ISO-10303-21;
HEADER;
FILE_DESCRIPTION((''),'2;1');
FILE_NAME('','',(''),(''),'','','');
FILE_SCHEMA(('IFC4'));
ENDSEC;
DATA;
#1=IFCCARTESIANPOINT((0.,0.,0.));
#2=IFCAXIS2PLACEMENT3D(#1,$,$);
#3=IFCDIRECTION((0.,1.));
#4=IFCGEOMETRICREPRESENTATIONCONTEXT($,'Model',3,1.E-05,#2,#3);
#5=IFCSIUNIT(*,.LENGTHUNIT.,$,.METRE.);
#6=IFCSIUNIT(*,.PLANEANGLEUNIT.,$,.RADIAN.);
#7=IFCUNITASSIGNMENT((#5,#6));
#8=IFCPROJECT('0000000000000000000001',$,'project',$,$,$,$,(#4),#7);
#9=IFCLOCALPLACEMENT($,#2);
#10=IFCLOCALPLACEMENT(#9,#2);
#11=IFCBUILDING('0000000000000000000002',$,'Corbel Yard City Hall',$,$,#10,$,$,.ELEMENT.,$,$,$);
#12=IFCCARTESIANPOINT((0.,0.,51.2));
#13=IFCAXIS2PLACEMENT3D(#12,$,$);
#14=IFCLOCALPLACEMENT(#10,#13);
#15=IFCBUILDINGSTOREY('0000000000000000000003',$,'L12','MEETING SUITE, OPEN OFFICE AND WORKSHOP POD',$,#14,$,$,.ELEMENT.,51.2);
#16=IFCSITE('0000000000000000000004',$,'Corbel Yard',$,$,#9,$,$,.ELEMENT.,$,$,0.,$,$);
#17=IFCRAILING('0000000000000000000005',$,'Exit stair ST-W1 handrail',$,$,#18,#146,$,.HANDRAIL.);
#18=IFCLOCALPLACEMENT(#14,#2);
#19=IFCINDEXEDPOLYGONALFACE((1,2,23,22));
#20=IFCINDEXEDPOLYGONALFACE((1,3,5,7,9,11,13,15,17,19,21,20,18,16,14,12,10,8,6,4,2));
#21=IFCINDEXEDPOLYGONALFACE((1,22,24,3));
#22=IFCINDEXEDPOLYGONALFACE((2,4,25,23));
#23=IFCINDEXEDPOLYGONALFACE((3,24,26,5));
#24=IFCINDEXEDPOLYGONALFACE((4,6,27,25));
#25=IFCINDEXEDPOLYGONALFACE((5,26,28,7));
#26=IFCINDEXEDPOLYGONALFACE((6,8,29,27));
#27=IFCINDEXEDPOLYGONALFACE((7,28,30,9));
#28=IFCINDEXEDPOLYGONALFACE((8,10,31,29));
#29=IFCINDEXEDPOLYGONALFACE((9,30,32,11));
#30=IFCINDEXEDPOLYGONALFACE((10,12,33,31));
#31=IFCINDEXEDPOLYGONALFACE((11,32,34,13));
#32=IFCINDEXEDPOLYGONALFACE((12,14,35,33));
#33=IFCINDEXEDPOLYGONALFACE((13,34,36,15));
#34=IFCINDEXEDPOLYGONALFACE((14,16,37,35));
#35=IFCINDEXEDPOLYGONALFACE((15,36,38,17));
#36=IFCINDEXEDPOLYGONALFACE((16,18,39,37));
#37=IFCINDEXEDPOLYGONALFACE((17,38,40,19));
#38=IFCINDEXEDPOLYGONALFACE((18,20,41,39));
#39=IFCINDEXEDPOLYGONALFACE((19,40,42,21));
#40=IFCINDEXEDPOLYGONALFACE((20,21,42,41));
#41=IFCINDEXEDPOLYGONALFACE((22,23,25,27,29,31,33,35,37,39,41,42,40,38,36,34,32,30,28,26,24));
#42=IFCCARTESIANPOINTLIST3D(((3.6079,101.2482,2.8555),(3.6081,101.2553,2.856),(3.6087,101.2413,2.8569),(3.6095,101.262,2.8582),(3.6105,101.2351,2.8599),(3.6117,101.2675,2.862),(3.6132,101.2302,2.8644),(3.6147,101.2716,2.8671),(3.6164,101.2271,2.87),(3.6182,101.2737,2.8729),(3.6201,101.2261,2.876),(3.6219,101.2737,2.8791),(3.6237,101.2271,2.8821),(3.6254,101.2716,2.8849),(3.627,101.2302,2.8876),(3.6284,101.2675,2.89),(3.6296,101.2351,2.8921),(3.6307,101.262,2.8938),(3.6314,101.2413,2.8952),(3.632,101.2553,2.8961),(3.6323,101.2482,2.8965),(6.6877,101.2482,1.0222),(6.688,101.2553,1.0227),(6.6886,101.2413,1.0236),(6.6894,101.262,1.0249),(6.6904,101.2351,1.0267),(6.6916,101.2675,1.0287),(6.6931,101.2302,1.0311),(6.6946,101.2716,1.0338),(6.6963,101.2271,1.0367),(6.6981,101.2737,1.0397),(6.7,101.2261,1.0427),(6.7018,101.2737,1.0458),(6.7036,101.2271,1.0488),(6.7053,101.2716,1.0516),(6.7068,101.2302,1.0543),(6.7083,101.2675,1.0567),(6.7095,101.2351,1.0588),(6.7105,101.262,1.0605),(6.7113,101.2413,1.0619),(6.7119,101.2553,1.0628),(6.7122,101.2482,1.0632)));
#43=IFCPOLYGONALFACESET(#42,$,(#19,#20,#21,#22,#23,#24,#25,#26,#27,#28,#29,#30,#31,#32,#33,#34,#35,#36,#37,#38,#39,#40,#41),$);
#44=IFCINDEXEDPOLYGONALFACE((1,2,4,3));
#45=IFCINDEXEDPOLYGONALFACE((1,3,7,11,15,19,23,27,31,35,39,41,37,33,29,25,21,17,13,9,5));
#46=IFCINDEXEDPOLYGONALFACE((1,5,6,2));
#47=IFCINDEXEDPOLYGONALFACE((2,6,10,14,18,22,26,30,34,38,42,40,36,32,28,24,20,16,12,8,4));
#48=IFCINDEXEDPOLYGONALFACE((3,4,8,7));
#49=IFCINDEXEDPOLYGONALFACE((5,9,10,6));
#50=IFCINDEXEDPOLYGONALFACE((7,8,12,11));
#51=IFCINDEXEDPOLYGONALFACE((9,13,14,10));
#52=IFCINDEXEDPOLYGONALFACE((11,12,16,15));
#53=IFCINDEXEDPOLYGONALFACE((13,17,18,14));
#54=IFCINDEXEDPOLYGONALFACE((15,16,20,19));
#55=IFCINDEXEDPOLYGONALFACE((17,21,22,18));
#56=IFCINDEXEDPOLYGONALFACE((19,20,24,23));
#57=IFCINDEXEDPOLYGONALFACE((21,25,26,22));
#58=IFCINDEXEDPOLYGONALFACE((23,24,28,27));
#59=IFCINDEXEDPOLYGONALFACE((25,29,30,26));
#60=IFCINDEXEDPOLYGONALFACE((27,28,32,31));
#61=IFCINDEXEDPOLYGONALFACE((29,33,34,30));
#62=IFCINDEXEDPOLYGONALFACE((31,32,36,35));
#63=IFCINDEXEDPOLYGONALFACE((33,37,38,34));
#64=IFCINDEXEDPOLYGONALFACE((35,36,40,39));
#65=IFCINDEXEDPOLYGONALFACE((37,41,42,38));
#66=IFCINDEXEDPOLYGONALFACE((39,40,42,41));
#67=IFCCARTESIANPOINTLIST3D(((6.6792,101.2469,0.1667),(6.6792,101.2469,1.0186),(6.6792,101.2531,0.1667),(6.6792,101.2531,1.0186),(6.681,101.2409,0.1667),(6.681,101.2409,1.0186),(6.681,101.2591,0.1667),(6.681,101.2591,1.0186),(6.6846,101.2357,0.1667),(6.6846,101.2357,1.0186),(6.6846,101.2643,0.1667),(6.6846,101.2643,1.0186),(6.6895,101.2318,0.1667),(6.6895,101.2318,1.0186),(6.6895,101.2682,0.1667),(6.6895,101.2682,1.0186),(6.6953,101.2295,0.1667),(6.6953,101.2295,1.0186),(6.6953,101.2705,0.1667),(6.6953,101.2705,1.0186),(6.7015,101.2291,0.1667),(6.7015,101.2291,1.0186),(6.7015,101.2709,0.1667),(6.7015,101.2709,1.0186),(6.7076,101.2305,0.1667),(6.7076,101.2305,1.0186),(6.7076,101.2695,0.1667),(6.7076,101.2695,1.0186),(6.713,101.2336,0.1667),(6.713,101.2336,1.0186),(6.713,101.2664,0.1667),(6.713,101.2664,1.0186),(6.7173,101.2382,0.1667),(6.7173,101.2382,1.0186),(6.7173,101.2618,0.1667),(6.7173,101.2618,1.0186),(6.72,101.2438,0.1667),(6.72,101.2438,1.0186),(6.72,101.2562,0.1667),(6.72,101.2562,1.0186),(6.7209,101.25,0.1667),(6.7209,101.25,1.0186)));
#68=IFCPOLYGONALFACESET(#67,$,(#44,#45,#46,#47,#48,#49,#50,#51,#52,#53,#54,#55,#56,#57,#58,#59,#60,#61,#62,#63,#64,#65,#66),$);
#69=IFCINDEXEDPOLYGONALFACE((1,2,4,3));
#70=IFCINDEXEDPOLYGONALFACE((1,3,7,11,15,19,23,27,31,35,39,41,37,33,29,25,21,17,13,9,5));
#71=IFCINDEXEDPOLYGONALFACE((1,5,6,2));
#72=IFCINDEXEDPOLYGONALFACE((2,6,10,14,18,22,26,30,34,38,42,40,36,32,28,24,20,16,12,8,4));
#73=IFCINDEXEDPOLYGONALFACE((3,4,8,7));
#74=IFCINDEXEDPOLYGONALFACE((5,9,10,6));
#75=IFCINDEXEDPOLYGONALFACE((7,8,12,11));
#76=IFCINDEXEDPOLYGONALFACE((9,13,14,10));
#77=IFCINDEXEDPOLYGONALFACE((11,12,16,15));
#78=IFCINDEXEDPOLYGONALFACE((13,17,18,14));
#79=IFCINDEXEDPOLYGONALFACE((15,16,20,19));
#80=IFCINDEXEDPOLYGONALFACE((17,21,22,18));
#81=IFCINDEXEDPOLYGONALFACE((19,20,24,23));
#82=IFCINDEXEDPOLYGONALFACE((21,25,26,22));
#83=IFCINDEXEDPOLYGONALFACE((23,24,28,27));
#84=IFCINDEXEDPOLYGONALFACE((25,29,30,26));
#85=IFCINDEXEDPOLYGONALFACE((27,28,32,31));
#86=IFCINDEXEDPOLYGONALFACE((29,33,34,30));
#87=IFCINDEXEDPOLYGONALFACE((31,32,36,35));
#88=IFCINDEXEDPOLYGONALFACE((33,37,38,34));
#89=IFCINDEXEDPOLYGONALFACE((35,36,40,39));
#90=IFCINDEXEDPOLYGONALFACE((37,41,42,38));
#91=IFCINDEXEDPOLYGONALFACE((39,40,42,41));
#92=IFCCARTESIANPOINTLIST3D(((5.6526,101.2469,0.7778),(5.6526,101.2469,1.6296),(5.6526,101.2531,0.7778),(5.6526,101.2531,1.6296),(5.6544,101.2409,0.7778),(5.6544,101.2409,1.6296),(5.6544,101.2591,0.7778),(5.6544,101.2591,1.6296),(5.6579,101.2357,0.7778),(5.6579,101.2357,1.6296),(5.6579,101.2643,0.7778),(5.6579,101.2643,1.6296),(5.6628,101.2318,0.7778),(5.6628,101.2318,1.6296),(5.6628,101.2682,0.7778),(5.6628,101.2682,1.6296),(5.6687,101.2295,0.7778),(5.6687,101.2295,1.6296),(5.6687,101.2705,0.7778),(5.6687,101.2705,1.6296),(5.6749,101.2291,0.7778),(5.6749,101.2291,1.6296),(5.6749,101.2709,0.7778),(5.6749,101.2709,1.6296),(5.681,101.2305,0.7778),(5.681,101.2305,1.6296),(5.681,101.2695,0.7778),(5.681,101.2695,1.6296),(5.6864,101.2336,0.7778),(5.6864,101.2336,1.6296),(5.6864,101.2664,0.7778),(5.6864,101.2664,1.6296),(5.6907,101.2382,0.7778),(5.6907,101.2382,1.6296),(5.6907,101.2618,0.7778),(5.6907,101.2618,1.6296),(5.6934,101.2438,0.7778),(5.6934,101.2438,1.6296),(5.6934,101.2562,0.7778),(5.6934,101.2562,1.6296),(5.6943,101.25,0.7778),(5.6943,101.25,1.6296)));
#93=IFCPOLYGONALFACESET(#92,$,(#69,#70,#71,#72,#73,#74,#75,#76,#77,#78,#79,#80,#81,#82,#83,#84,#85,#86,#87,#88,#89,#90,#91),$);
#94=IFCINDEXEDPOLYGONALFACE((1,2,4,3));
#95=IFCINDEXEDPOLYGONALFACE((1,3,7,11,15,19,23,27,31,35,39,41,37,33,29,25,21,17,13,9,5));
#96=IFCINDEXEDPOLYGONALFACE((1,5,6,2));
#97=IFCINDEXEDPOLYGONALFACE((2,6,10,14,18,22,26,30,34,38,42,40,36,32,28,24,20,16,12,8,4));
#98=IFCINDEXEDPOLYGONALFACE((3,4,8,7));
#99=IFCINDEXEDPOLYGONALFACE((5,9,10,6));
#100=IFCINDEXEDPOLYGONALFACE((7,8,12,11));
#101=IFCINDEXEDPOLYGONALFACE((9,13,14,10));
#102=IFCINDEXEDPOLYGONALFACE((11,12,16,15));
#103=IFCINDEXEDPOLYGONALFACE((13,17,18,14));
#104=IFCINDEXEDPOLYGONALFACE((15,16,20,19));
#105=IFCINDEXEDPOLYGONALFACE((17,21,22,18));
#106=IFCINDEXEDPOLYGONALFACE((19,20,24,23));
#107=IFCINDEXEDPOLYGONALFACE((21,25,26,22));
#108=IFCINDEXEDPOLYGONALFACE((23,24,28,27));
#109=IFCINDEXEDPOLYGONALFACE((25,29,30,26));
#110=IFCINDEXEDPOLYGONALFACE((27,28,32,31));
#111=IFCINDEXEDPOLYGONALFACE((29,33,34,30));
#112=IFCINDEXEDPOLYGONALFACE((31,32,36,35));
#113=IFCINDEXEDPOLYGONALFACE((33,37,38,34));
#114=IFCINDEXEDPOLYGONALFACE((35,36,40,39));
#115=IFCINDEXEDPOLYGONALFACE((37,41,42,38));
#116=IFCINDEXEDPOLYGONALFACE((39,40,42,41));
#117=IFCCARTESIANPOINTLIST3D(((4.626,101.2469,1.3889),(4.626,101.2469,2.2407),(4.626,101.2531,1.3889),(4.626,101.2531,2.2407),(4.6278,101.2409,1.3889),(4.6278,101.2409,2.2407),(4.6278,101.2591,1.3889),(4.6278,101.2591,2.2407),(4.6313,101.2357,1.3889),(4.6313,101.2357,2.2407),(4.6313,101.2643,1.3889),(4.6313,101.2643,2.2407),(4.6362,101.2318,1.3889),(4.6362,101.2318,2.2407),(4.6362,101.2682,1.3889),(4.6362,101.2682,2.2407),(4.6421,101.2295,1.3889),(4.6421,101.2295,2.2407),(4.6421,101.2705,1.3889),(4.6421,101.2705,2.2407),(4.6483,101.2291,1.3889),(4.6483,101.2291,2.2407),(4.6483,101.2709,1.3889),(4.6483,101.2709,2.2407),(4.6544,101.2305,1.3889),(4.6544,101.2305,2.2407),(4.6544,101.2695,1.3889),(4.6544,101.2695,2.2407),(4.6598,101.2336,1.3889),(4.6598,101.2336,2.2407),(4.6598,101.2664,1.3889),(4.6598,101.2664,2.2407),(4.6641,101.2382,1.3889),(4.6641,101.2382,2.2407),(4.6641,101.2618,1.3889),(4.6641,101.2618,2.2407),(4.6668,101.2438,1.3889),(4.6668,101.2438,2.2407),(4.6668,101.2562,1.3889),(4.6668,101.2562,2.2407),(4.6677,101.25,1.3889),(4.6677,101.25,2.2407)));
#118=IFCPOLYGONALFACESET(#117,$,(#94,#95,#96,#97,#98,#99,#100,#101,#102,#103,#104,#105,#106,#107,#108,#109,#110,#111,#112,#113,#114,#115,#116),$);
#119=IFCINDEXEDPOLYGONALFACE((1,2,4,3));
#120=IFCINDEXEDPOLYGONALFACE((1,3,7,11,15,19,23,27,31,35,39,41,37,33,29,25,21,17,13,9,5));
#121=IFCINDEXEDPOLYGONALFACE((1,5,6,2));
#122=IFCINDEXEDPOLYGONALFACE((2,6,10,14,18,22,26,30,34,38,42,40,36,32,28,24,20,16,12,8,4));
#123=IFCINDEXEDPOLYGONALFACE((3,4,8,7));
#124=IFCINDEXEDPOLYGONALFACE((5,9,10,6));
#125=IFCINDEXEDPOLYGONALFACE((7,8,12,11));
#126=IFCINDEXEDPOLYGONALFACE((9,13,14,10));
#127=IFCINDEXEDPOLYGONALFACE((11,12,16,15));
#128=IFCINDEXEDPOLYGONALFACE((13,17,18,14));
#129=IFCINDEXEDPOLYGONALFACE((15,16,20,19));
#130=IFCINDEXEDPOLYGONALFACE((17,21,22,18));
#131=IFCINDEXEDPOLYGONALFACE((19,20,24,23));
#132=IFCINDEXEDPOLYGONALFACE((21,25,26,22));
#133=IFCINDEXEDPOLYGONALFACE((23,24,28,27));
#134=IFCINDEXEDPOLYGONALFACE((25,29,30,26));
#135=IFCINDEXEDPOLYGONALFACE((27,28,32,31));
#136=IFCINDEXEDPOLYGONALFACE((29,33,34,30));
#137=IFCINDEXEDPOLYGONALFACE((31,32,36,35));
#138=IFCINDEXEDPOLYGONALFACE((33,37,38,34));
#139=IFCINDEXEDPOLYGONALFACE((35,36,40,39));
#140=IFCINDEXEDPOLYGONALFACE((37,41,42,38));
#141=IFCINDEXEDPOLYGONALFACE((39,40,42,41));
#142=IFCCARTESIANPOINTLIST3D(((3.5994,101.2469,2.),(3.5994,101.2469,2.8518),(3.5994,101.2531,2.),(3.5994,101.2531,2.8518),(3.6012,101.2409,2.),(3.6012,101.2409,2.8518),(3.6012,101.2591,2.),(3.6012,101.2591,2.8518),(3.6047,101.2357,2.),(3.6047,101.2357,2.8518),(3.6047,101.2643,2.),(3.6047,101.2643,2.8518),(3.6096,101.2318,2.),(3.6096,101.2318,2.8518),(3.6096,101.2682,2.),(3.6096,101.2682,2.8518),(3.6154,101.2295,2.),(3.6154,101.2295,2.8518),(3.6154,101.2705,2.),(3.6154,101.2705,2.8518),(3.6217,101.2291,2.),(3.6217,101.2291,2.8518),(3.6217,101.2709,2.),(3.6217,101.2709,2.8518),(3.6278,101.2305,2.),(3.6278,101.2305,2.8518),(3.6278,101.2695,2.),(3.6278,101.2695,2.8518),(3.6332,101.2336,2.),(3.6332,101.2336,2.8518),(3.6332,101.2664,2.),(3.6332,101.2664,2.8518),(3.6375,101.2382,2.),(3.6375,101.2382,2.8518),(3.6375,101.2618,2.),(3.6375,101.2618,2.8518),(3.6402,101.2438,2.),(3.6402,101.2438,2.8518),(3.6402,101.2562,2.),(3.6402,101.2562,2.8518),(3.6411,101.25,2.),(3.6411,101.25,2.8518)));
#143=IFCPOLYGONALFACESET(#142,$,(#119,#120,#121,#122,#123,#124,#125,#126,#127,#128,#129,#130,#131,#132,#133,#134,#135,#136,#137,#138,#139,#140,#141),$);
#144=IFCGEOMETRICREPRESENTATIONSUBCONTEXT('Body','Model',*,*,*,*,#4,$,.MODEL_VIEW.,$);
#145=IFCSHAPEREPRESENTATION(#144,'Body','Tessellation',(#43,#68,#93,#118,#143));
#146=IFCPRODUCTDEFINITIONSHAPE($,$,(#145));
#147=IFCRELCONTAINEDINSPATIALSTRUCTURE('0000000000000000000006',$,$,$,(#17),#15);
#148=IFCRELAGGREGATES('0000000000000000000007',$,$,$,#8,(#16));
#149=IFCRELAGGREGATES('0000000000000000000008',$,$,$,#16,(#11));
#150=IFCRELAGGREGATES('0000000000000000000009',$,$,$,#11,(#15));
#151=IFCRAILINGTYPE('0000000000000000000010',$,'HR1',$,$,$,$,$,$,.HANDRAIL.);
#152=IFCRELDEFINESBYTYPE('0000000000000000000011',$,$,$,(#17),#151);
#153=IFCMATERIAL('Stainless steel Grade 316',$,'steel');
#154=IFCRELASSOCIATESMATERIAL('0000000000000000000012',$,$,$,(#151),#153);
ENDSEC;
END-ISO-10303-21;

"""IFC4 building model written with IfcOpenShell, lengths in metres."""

from ifc_helpers import new_model, si_unit, direction, frame, origin, origin_2d, place, context, subcontext, project, spatial, circle, extrude, material, type_object, element, save


model = new_model("IFC4")

# Units and contexts
model_context = context("Model", 3, precision=1e-05, world=origin(), true_north=direction((0.0, 1.0)))
body_context = subcontext(model_context, "Body", "Model", "MODEL_VIEW")
ifc_project = project(units=[si_unit("LENGTHUNIT", "METRE"), si_unit("PLANEANGLEUNIT", "RADIAN")], contexts=[model_context])

# Site, building, storey
site_placement = place(None, origin())
site = spatial("IfcSite", under=ifc_project, at=site_placement, Name="Corbel Yard", CompositionType="ELEMENT", RefElevation=0.0)
building_placement = place(site_placement, origin())
building = spatial("IfcBuilding", under=site, at=building_placement, Name="Corbel Yard City Hall", CompositionType="ELEMENT")
storey_placement = place(building_placement, frame((0.0, 0.0, 51.2)))
storey = spatial("IfcBuildingStorey", under=building, at=storey_placement, Name="L12", Description="MEETING SUITE, OPEN OFFICE AND WORKSHOP POD", CompositionType="ELEMENT", Elevation=51.2)

# Railing
ifc_material_1 = material(Name="Stainless steel Grade 316", Category="steel")
railing_type = type_object("IfcRailingType", Name="HR1", PredefinedType="HANDRAIL", material=ifc_material_1)
for number, where, name in (
    (1, (6.7, 101.25, 0.1667), "Exit stair ST-W1 handrail"),
):
    element("IfcRailing", number, at=place(storey_placement, frame(where)), inside=storey, type_object=railing_type, Name=name, PredefinedType="HANDRAIL", context=body_context, shape_type="SweptSolid", body=[
        extrude(circle(Radius=0.0239, at=origin_2d()), frame((0.0, 0.0, 0.876), z_axis=(-0.859291, 0.0, 0.511487), x_axis=(0.0, -1.0, 0.0)), (0.0, 0.0, 1.0), 3.5842),
        extrude(circle(Radius=0.021, at=origin_2d()), origin(), (0.0, 0.0, 1.0), 0.8518),
        extrude(circle(Radius=0.021, at=origin_2d()), frame((-1.0266, 0.0, 0.6111)), (0.0, 0.0, 1.0), 0.8518),
        extrude(circle(Radius=0.021, at=origin_2d()), frame((-2.0532, 0.0, 1.2222)), (0.0, 0.0, 1.0), 0.8518),
        extrude(circle(Radius=0.021, at=origin_2d()), frame((-3.0798, 0.0, 1.8333)), (0.0, 0.0, 1.0), 0.8518),
    ])

save(model, "model.ifc")
